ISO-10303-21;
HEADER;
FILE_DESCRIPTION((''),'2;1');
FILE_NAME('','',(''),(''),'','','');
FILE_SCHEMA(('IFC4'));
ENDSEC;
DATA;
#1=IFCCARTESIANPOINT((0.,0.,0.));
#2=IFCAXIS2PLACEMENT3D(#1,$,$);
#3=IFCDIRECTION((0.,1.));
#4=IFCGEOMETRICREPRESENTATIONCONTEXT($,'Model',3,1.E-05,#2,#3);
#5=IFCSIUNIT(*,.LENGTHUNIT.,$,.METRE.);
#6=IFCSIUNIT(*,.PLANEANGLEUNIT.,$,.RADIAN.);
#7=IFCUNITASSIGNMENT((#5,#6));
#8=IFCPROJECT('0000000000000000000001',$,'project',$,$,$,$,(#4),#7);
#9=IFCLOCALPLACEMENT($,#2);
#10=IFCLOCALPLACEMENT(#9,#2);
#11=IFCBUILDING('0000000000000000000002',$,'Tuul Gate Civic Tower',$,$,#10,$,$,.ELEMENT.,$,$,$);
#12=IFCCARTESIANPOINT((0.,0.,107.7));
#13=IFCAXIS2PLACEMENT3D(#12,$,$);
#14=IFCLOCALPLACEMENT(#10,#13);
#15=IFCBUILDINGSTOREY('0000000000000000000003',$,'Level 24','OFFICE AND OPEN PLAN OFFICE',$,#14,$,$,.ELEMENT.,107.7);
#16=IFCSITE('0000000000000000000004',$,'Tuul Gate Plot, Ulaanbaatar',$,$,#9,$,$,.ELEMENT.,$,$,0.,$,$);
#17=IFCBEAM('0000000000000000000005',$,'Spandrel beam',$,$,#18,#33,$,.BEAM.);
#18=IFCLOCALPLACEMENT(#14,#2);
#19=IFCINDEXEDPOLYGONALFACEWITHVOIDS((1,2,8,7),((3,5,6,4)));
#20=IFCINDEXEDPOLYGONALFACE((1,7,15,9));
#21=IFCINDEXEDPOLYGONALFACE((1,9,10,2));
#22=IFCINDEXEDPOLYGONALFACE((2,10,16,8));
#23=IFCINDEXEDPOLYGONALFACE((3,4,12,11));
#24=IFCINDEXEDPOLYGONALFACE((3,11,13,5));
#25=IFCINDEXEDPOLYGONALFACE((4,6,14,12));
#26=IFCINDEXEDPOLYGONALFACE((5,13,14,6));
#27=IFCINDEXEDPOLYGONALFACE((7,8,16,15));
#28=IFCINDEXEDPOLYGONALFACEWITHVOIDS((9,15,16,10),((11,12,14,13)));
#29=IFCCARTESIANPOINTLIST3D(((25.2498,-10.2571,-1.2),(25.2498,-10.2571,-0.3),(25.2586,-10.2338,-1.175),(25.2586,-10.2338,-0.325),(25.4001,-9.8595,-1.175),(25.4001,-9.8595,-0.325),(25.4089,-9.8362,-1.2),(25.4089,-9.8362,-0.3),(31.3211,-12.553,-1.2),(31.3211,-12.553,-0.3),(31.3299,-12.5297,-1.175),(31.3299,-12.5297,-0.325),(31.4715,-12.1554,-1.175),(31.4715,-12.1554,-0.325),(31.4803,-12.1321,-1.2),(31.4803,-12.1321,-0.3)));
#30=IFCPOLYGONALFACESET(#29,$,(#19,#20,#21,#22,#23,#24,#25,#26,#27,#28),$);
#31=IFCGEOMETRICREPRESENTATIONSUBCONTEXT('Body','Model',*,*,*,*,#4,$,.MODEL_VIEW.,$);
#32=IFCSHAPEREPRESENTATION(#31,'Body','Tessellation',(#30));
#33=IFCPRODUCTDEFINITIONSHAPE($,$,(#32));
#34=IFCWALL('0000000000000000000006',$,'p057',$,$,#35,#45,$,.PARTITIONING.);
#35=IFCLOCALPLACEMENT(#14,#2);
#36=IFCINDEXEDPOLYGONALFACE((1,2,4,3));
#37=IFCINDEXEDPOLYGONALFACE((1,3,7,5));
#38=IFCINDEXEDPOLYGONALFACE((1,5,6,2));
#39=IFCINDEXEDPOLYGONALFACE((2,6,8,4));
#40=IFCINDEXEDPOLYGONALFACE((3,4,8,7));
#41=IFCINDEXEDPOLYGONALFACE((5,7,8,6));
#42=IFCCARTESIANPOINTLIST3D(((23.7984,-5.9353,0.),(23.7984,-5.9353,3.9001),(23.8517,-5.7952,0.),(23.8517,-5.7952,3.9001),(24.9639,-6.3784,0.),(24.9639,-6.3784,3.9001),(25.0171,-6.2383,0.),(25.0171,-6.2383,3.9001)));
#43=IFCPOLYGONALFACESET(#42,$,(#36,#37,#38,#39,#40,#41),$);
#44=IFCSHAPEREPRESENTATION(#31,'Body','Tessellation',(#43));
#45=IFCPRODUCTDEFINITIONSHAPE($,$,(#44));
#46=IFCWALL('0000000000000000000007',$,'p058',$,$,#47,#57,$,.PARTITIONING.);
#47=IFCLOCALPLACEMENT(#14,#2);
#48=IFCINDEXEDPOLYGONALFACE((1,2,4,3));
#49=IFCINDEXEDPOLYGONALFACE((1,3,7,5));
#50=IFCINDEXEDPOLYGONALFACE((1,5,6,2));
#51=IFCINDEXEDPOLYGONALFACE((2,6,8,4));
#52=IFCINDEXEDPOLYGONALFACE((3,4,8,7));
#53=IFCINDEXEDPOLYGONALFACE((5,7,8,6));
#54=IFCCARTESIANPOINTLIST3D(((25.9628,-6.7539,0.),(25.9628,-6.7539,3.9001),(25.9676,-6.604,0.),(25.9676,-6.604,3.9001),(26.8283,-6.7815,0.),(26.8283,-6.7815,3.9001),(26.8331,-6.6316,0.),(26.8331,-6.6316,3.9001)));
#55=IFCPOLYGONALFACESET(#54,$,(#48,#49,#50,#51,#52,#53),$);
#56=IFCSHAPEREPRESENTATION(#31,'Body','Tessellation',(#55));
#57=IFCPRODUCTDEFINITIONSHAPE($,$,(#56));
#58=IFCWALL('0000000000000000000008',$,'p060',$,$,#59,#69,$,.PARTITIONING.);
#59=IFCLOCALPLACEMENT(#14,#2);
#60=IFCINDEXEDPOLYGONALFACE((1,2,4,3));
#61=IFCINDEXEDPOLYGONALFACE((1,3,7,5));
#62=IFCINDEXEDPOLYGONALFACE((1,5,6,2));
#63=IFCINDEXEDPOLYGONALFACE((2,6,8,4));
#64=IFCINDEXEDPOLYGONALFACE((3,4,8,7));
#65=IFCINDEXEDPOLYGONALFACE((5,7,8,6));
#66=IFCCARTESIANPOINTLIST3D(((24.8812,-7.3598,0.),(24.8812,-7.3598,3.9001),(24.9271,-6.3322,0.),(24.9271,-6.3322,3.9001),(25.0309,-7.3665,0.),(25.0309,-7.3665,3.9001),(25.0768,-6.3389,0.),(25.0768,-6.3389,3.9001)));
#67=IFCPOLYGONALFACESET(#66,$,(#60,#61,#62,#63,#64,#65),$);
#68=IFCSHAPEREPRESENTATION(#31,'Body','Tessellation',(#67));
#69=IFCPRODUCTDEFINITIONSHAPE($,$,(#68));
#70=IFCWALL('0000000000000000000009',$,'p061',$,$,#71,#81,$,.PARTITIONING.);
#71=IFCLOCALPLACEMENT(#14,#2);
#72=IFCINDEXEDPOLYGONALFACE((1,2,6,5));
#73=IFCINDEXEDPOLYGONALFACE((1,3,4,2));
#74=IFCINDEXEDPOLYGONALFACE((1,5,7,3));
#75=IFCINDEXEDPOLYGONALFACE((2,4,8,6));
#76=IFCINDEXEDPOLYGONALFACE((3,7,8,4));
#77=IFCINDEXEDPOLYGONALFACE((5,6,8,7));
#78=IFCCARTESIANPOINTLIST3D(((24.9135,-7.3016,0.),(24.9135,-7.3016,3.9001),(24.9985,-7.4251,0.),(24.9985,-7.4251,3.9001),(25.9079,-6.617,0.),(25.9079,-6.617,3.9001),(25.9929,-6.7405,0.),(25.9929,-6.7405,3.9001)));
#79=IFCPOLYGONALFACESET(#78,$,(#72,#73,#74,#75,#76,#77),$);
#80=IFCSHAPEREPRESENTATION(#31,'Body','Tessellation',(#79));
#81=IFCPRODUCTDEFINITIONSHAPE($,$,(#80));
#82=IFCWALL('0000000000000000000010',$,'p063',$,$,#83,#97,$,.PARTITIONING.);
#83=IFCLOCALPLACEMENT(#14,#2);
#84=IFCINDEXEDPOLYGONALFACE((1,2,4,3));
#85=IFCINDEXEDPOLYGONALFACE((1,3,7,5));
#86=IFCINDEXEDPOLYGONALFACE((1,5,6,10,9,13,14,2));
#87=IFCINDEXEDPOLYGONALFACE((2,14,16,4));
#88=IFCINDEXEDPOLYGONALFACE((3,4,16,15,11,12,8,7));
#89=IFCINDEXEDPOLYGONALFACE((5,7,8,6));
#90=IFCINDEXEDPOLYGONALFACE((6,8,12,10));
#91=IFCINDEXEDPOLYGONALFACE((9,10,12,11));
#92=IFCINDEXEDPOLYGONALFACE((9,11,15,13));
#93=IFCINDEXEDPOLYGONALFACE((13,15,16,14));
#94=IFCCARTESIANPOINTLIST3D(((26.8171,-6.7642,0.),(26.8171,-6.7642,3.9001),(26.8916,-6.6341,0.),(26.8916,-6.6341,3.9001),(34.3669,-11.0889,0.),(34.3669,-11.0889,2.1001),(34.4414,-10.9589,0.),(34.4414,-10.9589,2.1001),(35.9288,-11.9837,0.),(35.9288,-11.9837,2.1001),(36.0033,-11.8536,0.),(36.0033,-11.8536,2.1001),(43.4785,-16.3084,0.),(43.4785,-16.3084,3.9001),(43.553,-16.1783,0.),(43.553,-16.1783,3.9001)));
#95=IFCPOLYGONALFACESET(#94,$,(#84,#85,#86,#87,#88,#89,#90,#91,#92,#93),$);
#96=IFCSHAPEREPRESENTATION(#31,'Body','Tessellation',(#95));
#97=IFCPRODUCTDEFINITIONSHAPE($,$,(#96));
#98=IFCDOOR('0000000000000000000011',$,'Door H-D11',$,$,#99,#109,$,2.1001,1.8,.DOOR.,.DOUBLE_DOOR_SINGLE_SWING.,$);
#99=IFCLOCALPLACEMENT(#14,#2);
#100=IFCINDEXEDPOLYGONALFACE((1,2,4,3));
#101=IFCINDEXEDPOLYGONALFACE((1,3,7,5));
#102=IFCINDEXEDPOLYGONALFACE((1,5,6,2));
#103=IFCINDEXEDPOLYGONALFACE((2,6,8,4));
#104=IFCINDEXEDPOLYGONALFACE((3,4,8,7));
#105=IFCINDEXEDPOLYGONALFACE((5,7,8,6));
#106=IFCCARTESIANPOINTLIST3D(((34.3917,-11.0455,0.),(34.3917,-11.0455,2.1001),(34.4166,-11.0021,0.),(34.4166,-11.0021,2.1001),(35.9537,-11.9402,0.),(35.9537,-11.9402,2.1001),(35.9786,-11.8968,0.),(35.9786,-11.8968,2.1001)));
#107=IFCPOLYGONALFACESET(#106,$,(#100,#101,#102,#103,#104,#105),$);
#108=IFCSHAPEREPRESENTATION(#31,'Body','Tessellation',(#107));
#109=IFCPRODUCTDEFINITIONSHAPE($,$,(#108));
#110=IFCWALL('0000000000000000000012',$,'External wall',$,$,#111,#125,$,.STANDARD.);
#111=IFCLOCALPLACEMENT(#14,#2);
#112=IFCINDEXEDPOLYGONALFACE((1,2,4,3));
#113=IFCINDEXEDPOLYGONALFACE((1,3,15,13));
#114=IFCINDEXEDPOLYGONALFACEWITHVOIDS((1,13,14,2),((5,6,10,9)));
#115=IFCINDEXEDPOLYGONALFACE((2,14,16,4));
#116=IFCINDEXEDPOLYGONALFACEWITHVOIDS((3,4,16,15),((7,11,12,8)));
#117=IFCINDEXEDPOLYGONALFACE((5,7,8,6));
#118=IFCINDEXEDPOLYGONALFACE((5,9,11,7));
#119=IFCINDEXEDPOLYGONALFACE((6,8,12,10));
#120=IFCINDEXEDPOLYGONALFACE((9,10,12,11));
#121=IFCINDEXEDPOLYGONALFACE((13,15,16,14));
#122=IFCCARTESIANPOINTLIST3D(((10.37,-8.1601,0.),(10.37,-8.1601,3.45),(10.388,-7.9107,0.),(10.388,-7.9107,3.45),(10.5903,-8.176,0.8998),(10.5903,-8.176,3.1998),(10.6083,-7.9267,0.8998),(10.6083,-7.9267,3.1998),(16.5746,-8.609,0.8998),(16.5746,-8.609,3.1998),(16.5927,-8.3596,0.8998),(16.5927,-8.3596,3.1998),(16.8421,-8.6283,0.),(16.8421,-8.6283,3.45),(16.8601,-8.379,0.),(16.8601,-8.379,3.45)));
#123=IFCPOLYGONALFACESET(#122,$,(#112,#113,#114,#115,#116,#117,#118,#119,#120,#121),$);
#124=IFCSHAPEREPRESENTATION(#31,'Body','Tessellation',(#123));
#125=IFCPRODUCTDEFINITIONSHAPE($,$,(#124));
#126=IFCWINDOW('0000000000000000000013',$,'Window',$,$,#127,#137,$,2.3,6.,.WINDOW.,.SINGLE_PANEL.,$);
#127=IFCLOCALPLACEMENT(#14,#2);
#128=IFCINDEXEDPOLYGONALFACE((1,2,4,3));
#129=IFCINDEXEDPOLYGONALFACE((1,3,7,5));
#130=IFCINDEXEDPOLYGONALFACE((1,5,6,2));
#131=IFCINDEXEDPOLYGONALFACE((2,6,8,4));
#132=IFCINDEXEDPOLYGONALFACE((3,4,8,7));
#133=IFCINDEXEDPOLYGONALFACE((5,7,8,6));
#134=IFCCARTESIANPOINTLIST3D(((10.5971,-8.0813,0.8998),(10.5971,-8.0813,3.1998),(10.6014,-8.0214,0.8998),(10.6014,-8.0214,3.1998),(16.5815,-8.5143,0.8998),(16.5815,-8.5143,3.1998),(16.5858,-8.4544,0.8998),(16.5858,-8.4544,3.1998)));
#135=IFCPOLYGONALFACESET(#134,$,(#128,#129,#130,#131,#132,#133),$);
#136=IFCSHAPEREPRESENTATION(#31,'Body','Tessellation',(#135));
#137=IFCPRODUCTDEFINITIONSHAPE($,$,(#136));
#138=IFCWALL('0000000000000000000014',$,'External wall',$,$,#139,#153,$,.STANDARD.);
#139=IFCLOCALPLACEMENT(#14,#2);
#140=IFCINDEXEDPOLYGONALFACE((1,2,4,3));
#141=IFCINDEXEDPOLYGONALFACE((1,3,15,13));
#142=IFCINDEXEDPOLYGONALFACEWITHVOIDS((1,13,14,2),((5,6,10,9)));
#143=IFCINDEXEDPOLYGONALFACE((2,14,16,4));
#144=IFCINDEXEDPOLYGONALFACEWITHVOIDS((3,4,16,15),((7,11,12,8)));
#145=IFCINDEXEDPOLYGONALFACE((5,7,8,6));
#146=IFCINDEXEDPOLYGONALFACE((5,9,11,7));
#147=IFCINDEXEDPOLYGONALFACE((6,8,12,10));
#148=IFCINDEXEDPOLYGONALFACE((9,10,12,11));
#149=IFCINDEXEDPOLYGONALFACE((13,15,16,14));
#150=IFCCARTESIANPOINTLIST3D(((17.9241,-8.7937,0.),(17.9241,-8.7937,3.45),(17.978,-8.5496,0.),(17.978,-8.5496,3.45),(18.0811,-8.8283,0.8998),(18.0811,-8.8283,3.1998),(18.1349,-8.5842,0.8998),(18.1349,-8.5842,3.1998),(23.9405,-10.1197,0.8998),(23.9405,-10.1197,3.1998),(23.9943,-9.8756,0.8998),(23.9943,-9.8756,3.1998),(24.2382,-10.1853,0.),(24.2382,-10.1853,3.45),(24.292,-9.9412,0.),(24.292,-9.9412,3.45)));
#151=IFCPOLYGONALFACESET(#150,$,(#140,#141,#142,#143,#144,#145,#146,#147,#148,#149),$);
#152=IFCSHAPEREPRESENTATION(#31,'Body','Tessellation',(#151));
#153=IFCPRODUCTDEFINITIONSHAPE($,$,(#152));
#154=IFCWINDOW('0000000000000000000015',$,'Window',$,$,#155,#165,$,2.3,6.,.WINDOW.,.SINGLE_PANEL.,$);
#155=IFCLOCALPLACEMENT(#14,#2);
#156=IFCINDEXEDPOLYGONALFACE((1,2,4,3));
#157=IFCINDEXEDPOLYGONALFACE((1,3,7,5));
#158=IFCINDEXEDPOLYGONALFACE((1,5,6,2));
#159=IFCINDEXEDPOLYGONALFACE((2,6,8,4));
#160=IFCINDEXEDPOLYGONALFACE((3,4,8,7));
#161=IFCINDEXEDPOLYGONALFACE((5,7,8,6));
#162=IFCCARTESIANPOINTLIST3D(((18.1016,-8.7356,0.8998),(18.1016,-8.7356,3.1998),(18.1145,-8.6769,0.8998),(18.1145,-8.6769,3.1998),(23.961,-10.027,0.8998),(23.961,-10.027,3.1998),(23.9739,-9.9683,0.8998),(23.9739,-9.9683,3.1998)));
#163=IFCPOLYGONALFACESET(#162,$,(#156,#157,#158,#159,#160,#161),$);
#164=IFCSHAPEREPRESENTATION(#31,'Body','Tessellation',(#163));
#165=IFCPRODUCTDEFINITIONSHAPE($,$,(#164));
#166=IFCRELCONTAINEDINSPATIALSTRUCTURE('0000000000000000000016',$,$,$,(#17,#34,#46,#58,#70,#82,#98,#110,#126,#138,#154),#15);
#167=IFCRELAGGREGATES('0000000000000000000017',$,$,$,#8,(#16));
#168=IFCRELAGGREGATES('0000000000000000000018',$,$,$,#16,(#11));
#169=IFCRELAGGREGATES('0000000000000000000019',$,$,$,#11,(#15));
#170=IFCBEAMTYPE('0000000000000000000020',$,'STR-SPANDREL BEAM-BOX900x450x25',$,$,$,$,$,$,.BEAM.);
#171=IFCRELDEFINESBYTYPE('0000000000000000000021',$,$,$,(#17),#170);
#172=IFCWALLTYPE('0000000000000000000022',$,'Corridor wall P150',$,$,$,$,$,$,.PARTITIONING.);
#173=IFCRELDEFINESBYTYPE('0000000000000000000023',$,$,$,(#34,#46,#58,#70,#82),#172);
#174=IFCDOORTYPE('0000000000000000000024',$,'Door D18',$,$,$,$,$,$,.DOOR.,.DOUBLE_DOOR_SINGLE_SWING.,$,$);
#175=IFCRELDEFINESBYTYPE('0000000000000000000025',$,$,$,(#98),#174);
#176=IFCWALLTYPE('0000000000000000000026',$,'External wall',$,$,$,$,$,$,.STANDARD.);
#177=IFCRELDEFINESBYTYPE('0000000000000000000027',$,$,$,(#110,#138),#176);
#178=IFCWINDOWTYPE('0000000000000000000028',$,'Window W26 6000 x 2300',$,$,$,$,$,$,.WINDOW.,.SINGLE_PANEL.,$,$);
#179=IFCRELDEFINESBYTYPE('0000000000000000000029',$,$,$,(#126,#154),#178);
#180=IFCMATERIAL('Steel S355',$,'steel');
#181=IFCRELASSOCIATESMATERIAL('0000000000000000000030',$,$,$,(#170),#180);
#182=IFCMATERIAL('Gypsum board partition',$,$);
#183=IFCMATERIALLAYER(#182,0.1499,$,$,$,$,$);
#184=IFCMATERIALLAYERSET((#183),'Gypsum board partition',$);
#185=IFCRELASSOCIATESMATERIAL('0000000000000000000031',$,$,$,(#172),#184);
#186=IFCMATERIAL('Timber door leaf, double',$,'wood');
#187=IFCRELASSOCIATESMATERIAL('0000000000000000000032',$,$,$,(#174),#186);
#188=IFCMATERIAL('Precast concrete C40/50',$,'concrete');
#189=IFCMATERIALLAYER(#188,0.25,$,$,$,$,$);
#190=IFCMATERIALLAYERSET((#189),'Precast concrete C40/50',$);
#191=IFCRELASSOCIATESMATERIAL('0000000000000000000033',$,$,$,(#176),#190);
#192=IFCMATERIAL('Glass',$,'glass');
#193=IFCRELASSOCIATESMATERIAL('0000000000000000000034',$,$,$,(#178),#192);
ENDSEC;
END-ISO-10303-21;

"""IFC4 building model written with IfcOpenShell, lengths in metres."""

from ifc_helpers import new_model, si_unit, direction, frame, frame_2d, origin, origin_2d, place, context, subcontext, project, spatial, rectangle, hollow_rectangle, extrude, material, layer, layer_set, material_profile, profile_set, type_object, element, fill, save


model = new_model("IFC4")

# Units and contexts
model_context = context("Model", 3, precision=1e-05, world=origin(), true_north=direction((0.0, 1.0)))
body_context = subcontext(model_context, "Body", "Model", "MODEL_VIEW")
ifc_project = project(units=[si_unit("LENGTHUNIT", "METRE"), si_unit("PLANEANGLEUNIT", "RADIAN")], contexts=[model_context])

# Site, building, storey
site_placement = place(None, origin())
site = spatial("IfcSite", under=ifc_project, at=site_placement, Name="Tuul Gate Plot, Ulaanbaatar", CompositionType="ELEMENT", RefElevation=0.0)
building_placement = place(site_placement, origin())
building = spatial("IfcBuilding", under=site, at=building_placement, Name="Tuul Gate Civic Tower", CompositionType="ELEMENT")
storey_placement = place(building_placement, frame((0.0, 0.0, 107.7)))
storey = spatial("IfcBuildingStorey", under=building, at=storey_placement, Name="Level 24", Description="OFFICE AND OPEN PLAN OFFICE", CompositionType="ELEMENT", Elevation=107.7)

# Beam
ifc_material_1 = material(Name="Steel S355", Category="steel")
ifc_material_profile_1 = material_profile(ifc_material_1, hollow_rectangle(XDim=0.45, YDim=0.8999, WallThickness=0.0249, at=origin_2d()), Name="BOX900x450x25")
ifc_profile_set_1 = profile_set([ifc_material_profile_1], Name="Steel S355")
beam_type_1 = type_object("IfcBeamType", Name="STR-SPANDREL BEAM-BOX900x450x25", PredefinedType="BEAM", material=ifc_profile_set_1)
beam_1_placement = place(storey_placement, frame((25.3293, -10.0466, -0.75), z_axis=(0.935355, -0.353711, 0.0), x_axis=(0.353711, 0.935355, 0.0)))
element("IfcBeam", 1, at=beam_1_placement, inside=storey, type_object=beam_type_1, Name="Spandrel beam", PredefinedType="BEAM", context=body_context, shape_type="SweptSolid", body=[
    extrude(hollow_rectangle(XDim=0.45, YDim=0.8999, WallThickness=0.0249, at=origin_2d()), origin(), (0.0, 0.0, 1.0), 6.491),
])

# Walls
ifc_material_2 = material(Name="Gypsum board partition")
ifc_layer_1 = layer(ifc_material_2, 0.1499)
ifc_layer_set_1 = layer_set([ifc_layer_1], Name="Gypsum board partition")
wall_type_1 = type_object("IfcWallType", Name="Corridor wall P150", PredefinedType="PARTITIONING", material=ifc_layer_set_1)
wall_1_placement = place(storey_placement, frame((23.825, -5.8652, 0.0), z_axis=(0.0, 0.0, 1.0), x_axis=(0.934726, -0.355368, 0.0)))
element("IfcWall", 2, at=wall_1_placement, inside=storey, type_object=wall_type_1, Name="p057", PredefinedType="PARTITIONING", context=body_context, shape_type="SweptSolid", body=[
    extrude(rectangle(XDim=1.2468, YDim=0.1499, at=frame_2d((0.6235, 0.0))), origin(), (0.0, 0.0, 1.0), 3.9001),
])
wall_2_placement = place(storey_placement, frame((25.9651, -6.679, 0.0), z_axis=(0.0, 0.0, 1.0), x_axis=(0.999492, -0.03186, 0.0)))
element("IfcWall", 3, at=wall_2_placement, inside=storey, type_object=wall_type_1, Name="p058", PredefinedType="PARTITIONING", context=body_context, shape_type="SweptSolid", body=[
    extrude(rectangle(XDim=0.866, YDim=0.1499, at=frame_2d((0.4331, 0.0))), origin(), (0.0, 0.0, 1.0), 3.9001),
])
wall_3_placement = place(storey_placement, frame((25.002, -6.3357, 0.0), z_axis=(0.0, 0.0, 1.0), x_axis=(-0.044622, -0.999004, 0.0)))
element("IfcWall", 4, at=wall_3_placement, inside=storey, type_object=wall_type_1, Name="p060", PredefinedType="PARTITIONING", context=body_context, shape_type="SweptSolid", body=[
    extrude(rectangle(XDim=1.0286, YDim=0.1499, at=frame_2d((0.5142, 0.0))), origin(), (0.0, 0.0, 1.0), 3.9001),
])
wall_4_placement = place(storey_placement, frame((24.9561, -7.3633, 0.0), z_axis=(0.0, 0.0, 1.0), x_axis=(0.823682, 0.567052, 0.0)))
element("IfcWall", 5, at=wall_4_placement, inside=storey, type_object=wall_type_1, Name="p061", PredefinedType="PARTITIONING", context=body_context, shape_type="SweptSolid", body=[
    extrude(rectangle(XDim=1.2073, YDim=0.1499, at=frame_2d((0.6035, 0.0))), origin(), (0.0, 0.0, 1.0), 3.9001),
])

# Wall, opening, door
wall_5_placement = place(storey_placement, frame((26.8545, -6.6992, 0.0), z_axis=(0.0, 0.0, 1.0), x_axis=(0.867718, -0.497057, 0.0)))
wall_5 = element("IfcWall", 6, at=wall_5_placement, inside=storey, type_object=wall_type_1, Name="p063", PredefinedType="PARTITIONING", context=body_context, shape_type="SweptSolid", body=[
    extrude(rectangle(XDim=19.2014, YDim=0.1499, at=frame_2d((9.6006, 0.0))), origin(), (0.0, 0.0, 1.0), 3.9001),
])
opening_1_placement = place(wall_5_placement, frame((8.7007, 0.0, 0.0)))
opening_1 = element("IfcOpeningElement", 7, at=opening_1_placement, cuts=wall_5, PredefinedType="OPENING", context=body_context, shape_type="SweptSolid", body=[
    extrude(rectangle(XDim=1.8, YDim=2.1001, at=frame_2d((0.8999, 1.05))), frame((0.0, 0.085, 0.0), z_axis=(0.0, -1.0, 0.0), x_axis=(1.0, 0.0, 0.0)), (0.0, 0.0, 1.0), 0.1699),
])
ifc_material_3 = material(Name="Timber door leaf, double", Category="wood")
door_type = type_object("IfcDoorType", Name="Door D18", OperationType="DOUBLE_DOOR_SINGLE_SWING", PredefinedType="DOOR", material=ifc_material_3)
door_placement = place(opening_1_placement, frame((1.8, 0.0, 0.0), z_axis=(0.0, 0.0, 1.0), x_axis=(-1.0, 0.0, 0.0)))
door = element("IfcDoor", 8, at=door_placement, inside=storey, type_object=door_type, Name="Door H-D11", OperationType="DOUBLE_DOOR_SINGLE_SWING", OverallHeight=2.1001, OverallWidth=1.8, PredefinedType="DOOR", context=body_context, shape_type="SweptSolid", body=[
    extrude(rectangle(XDim=1.8, YDim=2.1001, at=frame_2d((0.9001, 1.05))), frame((0.0, 0.0249, 0.0), z_axis=(0.0, -1.0, 0.0), x_axis=(1.0, 0.0, 0.0)), (0.0, 0.0, 1.0), 0.05),
])
fill(opening_1, door)

# Walls, openings, windows
ifc_material_4 = material(Name="Precast concrete C40/50", Category="concrete")
ifc_layer_2 = layer(ifc_material_4, 0.25)
ifc_layer_set_2 = layer_set([ifc_layer_2], Name="Precast concrete C40/50")
wall_type_2 = type_object("IfcWallType", Name="External wall", PredefinedType="STANDARD", material=ifc_layer_set_2)
wall_6_placement = place(storey_placement, frame((10.3789, -8.0354, 0.0), z_axis=(0.0, 0.0, 1.0), x_axis=(0.997393, -0.072161, 0.0)))
wall_6 = element("IfcWall", 9, at=wall_6_placement, inside=storey, type_object=wall_type_2, Name="External wall", PredefinedType="STANDARD", context=body_context, shape_type="SweptSolid", body=[
    extrude(rectangle(XDim=6.489, YDim=0.25, at=frame_2d((3.2446, 0.0))), origin(), (0.0, 0.0, 1.0), 3.45),
])
opening_2_placement = place(wall_6_placement, frame((0.2209, 0.0, 0.8999)))
opening_2 = element("IfcOpeningElement", 10, at=opening_2_placement, cuts=wall_6, PredefinedType="OPENING", context=body_context, shape_type="SweptSolid", body=[
    extrude(rectangle(XDim=6.0, YDim=2.3, at=frame_2d((3.0, 1.1499))), frame((0.0, 0.135, 0.0), z_axis=(0.0, -1.0, 0.0), x_axis=(1.0, 0.0, 0.0)), (0.0, 0.0, 1.0), 0.27),
])
ifc_material_5 = material(Name="Glass", Category="glass")
window_type = type_object("IfcWindowType", Name="Window W26 6000 x 2300", PartitioningType="SINGLE_PANEL", PredefinedType="WINDOW", material=ifc_material_5)
window_1_placement = place(opening_2_placement, origin())
window_1 = element("IfcWindow", 11, at=window_1_placement, inside=storey, type_object=window_type, Name="Window", OverallHeight=2.3, OverallWidth=6.0, PartitioningType="SINGLE_PANEL", PredefinedType="WINDOW", context=body_context, shape_type="SweptSolid", body=[
    extrude(rectangle(XDim=6.0, YDim=2.3, at=frame_2d((3.0, 1.1499))), frame((0.0, 0.03, 0.0), z_axis=(0.0, -1.0, 0.0), x_axis=(1.0, 0.0, 0.0)), (0.0, 0.0, 1.0), 0.0601),
])
fill(opening_2, window_1)
wall_7_placement = place(storey_placement, frame((17.9509, -8.6716, 0.0), z_axis=(0.0, 0.0, 1.0), x_axis=(0.976562, -0.215235, 0.0)))
wall_7 = element("IfcWall", 12, at=wall_7_placement, inside=storey, type_object=wall_type_2, Name="External wall", PredefinedType="STANDARD", context=body_context, shape_type="SweptSolid", body=[
    extrude(rectangle(XDim=6.4656, YDim=0.25, at=frame_2d((3.2329, 0.0))), origin(), (0.0, 0.0, 1.0), 3.45),
])
opening_3_placement = place(wall_7_placement, frame((0.1609, 0.0, 0.8999)))
opening_3 = element("IfcOpeningElement", 13, at=opening_3_placement, cuts=wall_7, PredefinedType="OPENING", context=body_context, shape_type="SweptSolid", body=[
    extrude(rectangle(XDim=6.0, YDim=2.3, at=frame_2d((3.0, 1.1499))), frame((0.0, 0.135, 0.0), z_axis=(0.0, -1.0, 0.0), x_axis=(1.0, 0.0, 0.0)), (0.0, 0.0, 1.0), 0.27),
])
window_2_placement = place(opening_3_placement, origin())
window_2 = element("IfcWindow", 14, at=window_2_placement, inside=storey, type_object=window_type, Name="Window", OverallHeight=2.3, OverallWidth=6.0, PartitioningType="SINGLE_PANEL", PredefinedType="WINDOW", context=body_context, shape_type="SweptSolid", body=[
    extrude(rectangle(XDim=6.0, YDim=2.3, at=frame_2d((3.0, 1.1499))), frame((0.0, 0.03, 0.0), z_axis=(0.0, -1.0, 0.0), x_axis=(1.0, 0.0, 0.0)), (0.0, 0.0, 1.0), 0.0601),
])
fill(opening_3, window_2)

save(model, "model.ifc")
